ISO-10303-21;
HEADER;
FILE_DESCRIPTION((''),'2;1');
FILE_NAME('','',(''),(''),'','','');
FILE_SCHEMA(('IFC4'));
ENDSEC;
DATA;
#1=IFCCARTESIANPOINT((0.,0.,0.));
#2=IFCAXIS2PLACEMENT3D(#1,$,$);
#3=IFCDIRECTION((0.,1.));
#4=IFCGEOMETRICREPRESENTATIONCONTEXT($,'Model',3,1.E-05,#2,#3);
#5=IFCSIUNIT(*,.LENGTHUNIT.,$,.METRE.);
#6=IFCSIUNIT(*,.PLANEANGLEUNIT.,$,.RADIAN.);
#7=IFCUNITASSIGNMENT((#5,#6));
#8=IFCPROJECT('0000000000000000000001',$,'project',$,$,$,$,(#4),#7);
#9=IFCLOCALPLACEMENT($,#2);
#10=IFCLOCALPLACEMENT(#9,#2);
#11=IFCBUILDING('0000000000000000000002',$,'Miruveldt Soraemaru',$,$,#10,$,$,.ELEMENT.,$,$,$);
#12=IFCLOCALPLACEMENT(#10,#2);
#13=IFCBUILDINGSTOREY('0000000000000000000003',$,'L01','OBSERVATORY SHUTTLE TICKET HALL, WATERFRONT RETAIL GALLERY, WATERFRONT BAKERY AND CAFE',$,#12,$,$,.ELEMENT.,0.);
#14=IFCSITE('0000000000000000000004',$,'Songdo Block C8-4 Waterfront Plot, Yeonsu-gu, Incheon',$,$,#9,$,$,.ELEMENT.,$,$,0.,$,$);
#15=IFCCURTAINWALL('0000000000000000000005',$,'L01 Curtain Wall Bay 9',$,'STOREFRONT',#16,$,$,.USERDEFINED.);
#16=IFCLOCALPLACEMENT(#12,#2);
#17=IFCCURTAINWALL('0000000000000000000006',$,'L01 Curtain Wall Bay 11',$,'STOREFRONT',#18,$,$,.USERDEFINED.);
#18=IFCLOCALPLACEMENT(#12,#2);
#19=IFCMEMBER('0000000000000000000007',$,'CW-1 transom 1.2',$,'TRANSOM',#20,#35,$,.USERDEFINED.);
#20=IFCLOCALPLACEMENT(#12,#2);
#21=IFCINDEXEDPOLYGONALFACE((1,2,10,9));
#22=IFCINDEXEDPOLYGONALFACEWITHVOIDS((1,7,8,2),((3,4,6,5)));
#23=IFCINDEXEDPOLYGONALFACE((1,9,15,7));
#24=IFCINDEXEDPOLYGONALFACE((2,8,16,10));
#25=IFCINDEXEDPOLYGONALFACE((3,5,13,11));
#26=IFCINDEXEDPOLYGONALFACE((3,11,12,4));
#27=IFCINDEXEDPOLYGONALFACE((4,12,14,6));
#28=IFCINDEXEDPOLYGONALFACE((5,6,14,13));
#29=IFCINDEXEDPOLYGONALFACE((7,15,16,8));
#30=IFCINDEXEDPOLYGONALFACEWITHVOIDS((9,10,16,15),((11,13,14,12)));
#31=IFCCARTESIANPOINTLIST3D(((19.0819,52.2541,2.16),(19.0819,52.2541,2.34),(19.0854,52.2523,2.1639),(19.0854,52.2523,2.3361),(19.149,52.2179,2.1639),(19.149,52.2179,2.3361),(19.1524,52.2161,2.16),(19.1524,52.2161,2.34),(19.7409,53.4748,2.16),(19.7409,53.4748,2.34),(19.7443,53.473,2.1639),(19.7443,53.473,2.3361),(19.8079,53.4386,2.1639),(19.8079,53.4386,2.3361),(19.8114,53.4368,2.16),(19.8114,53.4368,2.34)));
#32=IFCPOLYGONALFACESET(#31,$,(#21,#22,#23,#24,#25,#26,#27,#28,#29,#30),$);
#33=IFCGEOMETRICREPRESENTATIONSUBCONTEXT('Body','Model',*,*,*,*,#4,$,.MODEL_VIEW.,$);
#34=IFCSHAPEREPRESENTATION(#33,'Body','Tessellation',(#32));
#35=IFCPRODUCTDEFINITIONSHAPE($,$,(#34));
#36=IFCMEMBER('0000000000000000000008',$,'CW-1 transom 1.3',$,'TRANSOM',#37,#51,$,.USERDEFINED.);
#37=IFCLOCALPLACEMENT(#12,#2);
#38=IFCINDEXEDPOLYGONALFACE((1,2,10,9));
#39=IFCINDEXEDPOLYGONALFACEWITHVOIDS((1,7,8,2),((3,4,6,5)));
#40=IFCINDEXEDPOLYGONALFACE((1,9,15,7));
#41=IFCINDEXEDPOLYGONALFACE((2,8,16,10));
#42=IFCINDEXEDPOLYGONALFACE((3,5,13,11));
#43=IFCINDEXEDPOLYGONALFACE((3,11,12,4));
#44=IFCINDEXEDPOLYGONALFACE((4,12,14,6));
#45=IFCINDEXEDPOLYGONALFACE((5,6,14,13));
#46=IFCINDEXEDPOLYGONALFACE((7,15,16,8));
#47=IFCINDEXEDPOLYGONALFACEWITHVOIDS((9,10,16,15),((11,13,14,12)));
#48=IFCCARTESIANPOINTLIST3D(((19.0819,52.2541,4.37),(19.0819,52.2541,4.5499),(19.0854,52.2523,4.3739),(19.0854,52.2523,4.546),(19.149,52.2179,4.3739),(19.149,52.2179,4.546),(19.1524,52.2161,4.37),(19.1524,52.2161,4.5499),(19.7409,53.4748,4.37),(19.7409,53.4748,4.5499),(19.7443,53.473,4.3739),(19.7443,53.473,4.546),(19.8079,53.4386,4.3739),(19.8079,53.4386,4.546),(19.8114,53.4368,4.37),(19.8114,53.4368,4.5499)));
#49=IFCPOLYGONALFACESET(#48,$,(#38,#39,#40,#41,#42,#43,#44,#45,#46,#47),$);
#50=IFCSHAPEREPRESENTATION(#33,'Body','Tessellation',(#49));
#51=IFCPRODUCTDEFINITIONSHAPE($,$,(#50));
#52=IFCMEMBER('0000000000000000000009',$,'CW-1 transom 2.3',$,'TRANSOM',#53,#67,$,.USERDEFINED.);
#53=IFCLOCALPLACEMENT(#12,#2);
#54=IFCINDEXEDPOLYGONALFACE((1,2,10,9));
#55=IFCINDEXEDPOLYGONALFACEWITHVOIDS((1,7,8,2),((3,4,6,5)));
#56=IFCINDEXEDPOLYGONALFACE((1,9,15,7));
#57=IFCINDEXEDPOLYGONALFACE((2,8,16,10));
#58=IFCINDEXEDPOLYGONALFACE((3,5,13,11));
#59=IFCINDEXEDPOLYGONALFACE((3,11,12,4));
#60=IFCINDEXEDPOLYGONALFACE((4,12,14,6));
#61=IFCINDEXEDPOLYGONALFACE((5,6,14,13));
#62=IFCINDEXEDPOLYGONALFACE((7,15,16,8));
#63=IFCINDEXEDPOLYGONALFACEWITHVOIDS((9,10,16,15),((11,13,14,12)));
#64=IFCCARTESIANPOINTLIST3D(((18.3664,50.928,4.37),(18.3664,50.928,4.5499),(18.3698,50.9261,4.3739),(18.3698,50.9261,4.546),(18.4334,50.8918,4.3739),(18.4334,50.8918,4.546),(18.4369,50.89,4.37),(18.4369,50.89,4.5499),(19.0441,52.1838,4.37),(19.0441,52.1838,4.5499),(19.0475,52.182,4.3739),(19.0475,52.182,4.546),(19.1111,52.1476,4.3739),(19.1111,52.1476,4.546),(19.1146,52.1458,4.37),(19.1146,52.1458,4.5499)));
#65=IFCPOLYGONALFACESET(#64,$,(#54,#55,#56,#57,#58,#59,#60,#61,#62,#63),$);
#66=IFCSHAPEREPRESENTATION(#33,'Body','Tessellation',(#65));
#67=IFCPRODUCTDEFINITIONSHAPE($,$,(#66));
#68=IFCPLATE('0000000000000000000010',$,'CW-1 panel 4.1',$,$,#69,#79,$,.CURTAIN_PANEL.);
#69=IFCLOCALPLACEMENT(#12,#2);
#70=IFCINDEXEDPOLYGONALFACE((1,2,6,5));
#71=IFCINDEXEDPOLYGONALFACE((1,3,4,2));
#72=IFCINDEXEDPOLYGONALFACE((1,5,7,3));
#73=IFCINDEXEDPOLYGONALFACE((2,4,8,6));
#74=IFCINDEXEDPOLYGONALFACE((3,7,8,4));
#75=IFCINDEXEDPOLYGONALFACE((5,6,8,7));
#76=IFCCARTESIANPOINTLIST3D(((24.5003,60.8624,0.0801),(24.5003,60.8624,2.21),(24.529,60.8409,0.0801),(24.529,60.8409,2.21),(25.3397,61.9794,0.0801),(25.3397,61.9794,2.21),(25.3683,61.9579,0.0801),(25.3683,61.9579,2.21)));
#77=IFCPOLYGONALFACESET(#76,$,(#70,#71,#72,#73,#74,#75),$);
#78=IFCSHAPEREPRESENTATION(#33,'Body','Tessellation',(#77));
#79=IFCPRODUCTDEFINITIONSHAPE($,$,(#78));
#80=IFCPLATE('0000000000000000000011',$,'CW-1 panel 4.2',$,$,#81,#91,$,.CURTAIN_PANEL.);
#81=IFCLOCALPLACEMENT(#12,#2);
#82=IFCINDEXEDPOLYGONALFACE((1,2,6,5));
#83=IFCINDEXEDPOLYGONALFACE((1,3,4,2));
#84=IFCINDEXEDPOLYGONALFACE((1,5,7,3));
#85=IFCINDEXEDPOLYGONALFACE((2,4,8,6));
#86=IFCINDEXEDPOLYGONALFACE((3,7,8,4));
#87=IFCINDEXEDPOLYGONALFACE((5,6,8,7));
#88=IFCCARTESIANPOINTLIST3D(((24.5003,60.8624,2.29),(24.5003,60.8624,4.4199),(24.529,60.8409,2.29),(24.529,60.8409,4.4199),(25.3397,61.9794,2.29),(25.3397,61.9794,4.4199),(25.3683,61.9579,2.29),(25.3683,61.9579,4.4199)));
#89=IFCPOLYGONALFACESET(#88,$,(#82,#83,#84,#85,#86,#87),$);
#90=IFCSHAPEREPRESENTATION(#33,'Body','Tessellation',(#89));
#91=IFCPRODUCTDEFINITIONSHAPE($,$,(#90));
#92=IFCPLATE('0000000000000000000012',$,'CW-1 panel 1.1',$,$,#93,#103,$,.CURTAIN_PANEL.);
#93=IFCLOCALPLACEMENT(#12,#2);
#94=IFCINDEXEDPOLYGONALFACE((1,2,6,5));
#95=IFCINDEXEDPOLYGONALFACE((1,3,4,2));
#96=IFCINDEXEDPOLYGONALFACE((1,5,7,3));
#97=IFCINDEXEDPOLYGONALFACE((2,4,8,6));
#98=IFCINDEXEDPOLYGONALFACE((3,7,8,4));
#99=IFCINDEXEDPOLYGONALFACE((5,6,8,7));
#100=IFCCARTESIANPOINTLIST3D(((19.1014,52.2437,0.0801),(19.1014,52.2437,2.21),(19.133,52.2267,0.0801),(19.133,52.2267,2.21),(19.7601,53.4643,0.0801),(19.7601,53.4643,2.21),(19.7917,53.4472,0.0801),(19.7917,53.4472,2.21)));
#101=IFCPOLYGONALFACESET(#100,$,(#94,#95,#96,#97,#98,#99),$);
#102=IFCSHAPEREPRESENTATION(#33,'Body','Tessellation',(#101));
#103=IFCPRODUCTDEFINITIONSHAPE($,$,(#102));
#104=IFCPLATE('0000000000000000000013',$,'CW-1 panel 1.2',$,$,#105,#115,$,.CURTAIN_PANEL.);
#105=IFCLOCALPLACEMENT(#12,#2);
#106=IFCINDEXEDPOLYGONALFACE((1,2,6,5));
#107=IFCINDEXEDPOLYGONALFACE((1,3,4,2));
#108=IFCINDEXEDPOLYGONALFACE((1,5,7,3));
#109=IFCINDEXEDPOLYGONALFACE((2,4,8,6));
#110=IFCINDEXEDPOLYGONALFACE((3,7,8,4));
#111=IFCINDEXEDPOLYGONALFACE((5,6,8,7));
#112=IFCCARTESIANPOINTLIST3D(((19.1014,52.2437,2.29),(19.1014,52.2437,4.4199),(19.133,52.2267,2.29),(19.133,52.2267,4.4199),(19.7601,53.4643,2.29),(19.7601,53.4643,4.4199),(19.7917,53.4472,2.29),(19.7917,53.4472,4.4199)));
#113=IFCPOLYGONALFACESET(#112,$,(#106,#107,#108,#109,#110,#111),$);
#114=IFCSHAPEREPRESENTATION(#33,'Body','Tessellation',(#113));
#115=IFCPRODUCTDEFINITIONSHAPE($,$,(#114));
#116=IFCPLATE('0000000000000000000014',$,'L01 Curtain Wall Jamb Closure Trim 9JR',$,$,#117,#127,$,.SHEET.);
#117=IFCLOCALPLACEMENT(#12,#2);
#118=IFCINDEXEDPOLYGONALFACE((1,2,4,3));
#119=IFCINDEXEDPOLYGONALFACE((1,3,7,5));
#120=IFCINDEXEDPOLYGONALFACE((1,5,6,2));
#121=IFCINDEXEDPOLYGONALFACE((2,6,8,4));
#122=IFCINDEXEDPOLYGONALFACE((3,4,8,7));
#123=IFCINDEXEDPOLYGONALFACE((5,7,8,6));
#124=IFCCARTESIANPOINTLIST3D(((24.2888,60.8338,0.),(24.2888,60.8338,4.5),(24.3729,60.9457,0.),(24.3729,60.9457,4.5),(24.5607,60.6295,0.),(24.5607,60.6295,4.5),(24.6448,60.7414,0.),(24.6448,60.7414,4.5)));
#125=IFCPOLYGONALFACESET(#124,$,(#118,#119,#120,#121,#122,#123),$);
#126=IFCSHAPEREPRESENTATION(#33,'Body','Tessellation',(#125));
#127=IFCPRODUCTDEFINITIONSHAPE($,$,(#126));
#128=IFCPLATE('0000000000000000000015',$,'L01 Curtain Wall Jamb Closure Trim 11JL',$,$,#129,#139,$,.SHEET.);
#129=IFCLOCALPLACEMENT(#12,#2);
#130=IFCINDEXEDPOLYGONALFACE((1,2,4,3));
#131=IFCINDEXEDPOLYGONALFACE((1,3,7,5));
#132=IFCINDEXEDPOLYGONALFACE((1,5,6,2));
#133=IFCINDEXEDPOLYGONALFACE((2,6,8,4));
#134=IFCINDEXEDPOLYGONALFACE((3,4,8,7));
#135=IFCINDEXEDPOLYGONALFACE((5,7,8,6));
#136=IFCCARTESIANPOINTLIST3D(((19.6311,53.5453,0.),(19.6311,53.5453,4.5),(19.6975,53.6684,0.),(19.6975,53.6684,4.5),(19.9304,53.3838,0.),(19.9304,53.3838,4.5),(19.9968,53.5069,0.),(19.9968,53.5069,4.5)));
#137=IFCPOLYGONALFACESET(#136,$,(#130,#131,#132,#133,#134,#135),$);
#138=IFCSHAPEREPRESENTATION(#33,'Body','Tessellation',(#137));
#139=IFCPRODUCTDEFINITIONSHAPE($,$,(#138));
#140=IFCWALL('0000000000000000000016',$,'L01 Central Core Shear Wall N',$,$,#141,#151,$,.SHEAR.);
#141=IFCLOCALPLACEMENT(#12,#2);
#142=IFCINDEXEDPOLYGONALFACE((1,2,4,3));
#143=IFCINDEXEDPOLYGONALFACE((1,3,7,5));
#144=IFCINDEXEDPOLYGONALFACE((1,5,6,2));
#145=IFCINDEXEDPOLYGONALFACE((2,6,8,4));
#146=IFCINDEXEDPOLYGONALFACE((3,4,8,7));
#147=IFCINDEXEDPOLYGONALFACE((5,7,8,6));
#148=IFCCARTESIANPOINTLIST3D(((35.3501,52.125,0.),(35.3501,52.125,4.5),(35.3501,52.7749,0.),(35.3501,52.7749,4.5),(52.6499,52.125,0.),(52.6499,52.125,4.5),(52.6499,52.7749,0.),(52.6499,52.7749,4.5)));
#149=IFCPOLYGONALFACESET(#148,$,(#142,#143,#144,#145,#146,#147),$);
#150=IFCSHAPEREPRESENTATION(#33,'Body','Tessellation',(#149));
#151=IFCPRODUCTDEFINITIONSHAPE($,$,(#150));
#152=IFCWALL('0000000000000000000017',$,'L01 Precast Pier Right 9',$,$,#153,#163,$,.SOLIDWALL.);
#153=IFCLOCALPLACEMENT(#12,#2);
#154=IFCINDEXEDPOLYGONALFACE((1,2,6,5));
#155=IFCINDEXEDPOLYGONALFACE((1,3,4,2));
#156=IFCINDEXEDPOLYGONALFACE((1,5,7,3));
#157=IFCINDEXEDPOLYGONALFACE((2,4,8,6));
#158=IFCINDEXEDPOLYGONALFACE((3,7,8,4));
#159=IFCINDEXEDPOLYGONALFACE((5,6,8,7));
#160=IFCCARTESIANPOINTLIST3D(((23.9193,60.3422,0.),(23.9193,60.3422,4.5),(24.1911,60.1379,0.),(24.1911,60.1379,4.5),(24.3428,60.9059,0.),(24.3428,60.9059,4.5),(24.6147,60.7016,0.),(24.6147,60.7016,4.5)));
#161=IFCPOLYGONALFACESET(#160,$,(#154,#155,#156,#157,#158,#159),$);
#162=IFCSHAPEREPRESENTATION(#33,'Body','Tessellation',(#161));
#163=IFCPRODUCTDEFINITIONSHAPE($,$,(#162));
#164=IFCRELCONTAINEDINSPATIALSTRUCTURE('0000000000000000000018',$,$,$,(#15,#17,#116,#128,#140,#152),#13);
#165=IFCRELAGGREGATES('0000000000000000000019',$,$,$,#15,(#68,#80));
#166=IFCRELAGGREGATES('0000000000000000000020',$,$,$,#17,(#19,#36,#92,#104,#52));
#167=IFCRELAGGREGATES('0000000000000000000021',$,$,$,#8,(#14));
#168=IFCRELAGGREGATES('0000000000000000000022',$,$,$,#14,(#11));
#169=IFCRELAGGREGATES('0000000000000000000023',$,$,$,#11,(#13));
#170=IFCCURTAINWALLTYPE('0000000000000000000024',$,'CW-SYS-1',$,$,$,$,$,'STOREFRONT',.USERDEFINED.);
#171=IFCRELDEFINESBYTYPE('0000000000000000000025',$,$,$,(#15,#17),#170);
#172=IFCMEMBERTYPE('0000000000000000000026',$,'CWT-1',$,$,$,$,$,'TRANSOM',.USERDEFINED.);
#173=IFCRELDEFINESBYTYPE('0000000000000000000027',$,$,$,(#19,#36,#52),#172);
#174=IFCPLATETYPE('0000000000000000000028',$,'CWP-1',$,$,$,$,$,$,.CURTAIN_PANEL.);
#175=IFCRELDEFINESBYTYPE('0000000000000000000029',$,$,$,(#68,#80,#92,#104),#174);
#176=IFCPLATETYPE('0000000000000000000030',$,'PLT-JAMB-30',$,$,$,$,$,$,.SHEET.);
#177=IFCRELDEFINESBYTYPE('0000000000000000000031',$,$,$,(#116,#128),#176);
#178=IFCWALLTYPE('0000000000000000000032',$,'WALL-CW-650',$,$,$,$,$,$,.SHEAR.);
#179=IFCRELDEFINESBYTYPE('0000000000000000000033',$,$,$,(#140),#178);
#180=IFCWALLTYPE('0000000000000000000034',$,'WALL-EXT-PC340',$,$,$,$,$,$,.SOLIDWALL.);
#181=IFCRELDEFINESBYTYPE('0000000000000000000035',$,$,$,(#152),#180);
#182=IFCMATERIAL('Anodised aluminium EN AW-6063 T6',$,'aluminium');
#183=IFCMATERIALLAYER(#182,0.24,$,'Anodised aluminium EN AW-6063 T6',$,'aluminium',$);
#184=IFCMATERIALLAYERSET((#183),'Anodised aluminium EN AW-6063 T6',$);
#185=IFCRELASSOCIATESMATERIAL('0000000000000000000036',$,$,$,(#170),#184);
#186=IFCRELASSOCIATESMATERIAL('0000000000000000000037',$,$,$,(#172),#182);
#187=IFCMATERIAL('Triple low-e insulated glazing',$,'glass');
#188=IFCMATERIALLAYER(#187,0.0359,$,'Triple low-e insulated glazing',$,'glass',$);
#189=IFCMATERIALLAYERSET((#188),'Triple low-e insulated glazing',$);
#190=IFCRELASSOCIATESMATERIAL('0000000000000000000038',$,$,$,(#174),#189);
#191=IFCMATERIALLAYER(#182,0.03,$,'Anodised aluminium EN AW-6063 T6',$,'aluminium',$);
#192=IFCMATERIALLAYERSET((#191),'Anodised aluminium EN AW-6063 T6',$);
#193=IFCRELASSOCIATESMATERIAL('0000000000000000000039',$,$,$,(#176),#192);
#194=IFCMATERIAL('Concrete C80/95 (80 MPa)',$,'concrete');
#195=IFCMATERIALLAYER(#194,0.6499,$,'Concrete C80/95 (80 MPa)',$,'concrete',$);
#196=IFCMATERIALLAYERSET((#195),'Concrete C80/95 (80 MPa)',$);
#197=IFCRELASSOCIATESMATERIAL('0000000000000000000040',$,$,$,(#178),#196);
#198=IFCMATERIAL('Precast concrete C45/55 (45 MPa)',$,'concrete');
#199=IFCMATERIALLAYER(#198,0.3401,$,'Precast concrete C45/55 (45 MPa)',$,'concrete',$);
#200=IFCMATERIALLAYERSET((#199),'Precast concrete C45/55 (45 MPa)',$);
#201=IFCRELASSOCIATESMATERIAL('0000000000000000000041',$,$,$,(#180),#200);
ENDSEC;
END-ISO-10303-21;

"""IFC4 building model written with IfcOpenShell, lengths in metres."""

from ifc_helpers import new_model, si_unit, direction, frame, frame_2d, origin, origin_2d, place, context, subcontext, project, spatial, rectangle, hollow_rectangle, extrude, material, layer, layer_set, material_profile, profile_set, type_object, element, aggregate, save


model = new_model("IFC4")

# Units and contexts
model_context = context("Model", 3, precision=1e-05, world=origin(), true_north=direction((0.0, 1.0)))
body_context = subcontext(model_context, "Body", "Model", "MODEL_VIEW")
ifc_project = project(units=[si_unit("LENGTHUNIT", "METRE"), si_unit("PLANEANGLEUNIT", "RADIAN")], contexts=[model_context])

# Site, building, storey
site_placement = place(None, origin())
site = spatial("IfcSite", under=ifc_project, at=site_placement, Name="Songdo Block C8-4 Waterfront Plot, Yeonsu-gu, Incheon", CompositionType="ELEMENT", RefElevation=0.0)
building_placement = place(site_placement, origin())
building = spatial("IfcBuilding", under=site, at=building_placement, Name="Miruveldt Soraemaru", CompositionType="ELEMENT")
storey_placement = place(building_placement, origin())
storey = spatial("IfcBuildingStorey", under=building, at=storey_placement, Name="L01", Description="OBSERVATORY SHUTTLE TICKET HALL, WATERFRONT RETAIL GALLERY, WATERFRONT BAKERY AND CAFE", CompositionType="ELEMENT", Elevation=0.0)

# Shared definitions
ifc_material_1 = material(Name="Concrete C80/95 (80 MPa)", Category="concrete")

# Curtain wall
ifc_material_2 = material(Name="Anodised aluminium EN AW-6063 T6", Category="aluminium")
ifc_layer_1 = layer(ifc_material_2, 0.24, Name="Anodised aluminium EN AW-6063 T6", Category="aluminium")
ifc_layer_set_1 = layer_set([ifc_layer_1], Name="Anodised aluminium EN AW-6063 T6")
curtain_wall_type = type_object("IfcCurtainWallType", Name="CW-SYS-1", ElementType="STOREFRONT", PredefinedType="USERDEFINED", material=ifc_layer_set_1)
curtain_wall_1_placement = place(storey_placement, origin())
curtain_wall_1 = element("IfcCurtainWall", 1, at=curtain_wall_1_placement, inside=storey, type_object=curtain_wall_type, Name="L01 Curtain Wall Bay 9", ObjectType="STOREFRONT", PredefinedType="USERDEFINED")

# Curtain wall
curtain_wall_2_placement = place(storey_placement, origin())
curtain_wall_2 = element("IfcCurtainWall", 2, at=curtain_wall_2_placement, inside=storey, type_object=curtain_wall_type, Name="L01 Curtain Wall Bay 11", ObjectType="STOREFRONT", PredefinedType="USERDEFINED")

# Members
ifc_material_profile_1 = material_profile(ifc_material_2, hollow_rectangle(XDim=0.0801, YDim=0.1799, WallThickness=0.0039, at=origin_2d()), Name="Anodised aluminium EN AW-6063 T6", Category="aluminium")
ifc_profile_set_1 = profile_set([ifc_material_profile_1], Name="Anodised aluminium EN AW-6063 T6")
member_type_1 = type_object("IfcMemberType", Name="CWT-1", ElementType="TRANSOM", PredefinedType="USERDEFINED", material=ifc_profile_set_1)
member_1_placement = place(storey_placement, frame((19.7761, 53.4558, 2.25), z_axis=(-0.475013, -0.879979, 0.0), x_axis=(0.879979, -0.475013, 0.0)))
member_1 = element("IfcMember", 3, at=member_1_placement, type_object=member_type_1, Name="CW-1 transom 1.2", ObjectType="TRANSOM", PredefinedType="USERDEFINED", context=body_context, shape_type="SweptSolid", body=[
    extrude(hollow_rectangle(XDim=0.0801, YDim=0.1799, WallThickness=0.0039, at=origin_2d()), origin(), (0.0, 0.0, 1.0), 1.3872),
])
member_2_placement = place(storey_placement, frame((19.7761, 53.4558, 4.46), z_axis=(-0.475013, -0.879979, 0.0), x_axis=(0.879979, -0.475013, 0.0)))
member_2 = element("IfcMember", 4, at=member_2_placement, type_object=member_type_1, Name="CW-1 transom 1.3", ObjectType="TRANSOM", PredefinedType="USERDEFINED", context=body_context, shape_type="SweptSolid", body=[
    extrude(hollow_rectangle(XDim=0.0801, YDim=0.1799, WallThickness=0.0039, at=origin_2d()), origin(), (0.0, 0.0, 1.0), 1.3872),
])
member_3_placement = place(storey_placement, frame((19.0793, 52.1648, 4.46), z_axis=(-0.474916, -0.880031, 0.0), x_axis=(0.880031, -0.474916, 0.0)))
member_3 = element("IfcMember", 5, at=member_3_placement, type_object=member_type_1, Name="CW-1 transom 2.3", ObjectType="TRANSOM", PredefinedType="USERDEFINED", context=body_context, shape_type="SweptSolid", body=[
    extrude(hollow_rectangle(XDim=0.0801, YDim=0.1799, WallThickness=0.0039, at=origin_2d()), origin(), (0.0, 0.0, 1.0), 1.427),
])

# Plates
ifc_material_3 = material(Name="Triple low-e insulated glazing", Category="glass")
ifc_layer_2 = layer(ifc_material_3, 0.0359, Name="Triple low-e insulated glazing", Category="glass")
ifc_layer_set_2 = layer_set([ifc_layer_2], Name="Triple low-e insulated glazing")
plate_type_1 = type_object("IfcPlateType", Name="CWP-1", PredefinedType="CURTAIN_PANEL", material=ifc_layer_set_2)
plate_1_placement = place(storey_placement, frame((24.9343, 61.4102, 0.0801), z_axis=(0.0, 0.0, 1.0), x_axis=(-0.600725, -0.799456, 0.0)))
plate_1 = element("IfcPlate", 6, at=plate_1_placement, type_object=plate_type_1, Name="CW-1 panel 4.1", PredefinedType="CURTAIN_PANEL", context=body_context, shape_type="SweptSolid", body=[
    extrude(rectangle(XDim=1.3972, YDim=0.0359, at=origin_2d()), origin(), (0.0, 0.0, 1.0), 2.1299),
])
plate_2_placement = place(storey_placement, frame((24.9343, 61.4102, 2.29), z_axis=(0.0, 0.0, 1.0), x_axis=(-0.600725, -0.799456, 0.0)))
plate_2 = element("IfcPlate", 7, at=plate_2_placement, type_object=plate_type_1, Name="CW-1 panel 4.2", PredefinedType="CURTAIN_PANEL", context=body_context, shape_type="SweptSolid", body=[
    extrude(rectangle(XDim=1.3972, YDim=0.0359, at=origin_2d()), origin(), (0.0, 0.0, 1.0), 2.1299),
])
aggregate(curtain_wall_1, [plate_1, plate_2])
plate_3_placement = place(storey_placement, frame((19.4465, 52.8455, 0.0801), z_axis=(0.0, 0.0, 1.0), x_axis=(-0.474951, -0.880012, 0.0)))
plate_3 = element("IfcPlate", 8, at=plate_3_placement, type_object=plate_type_1, Name="CW-1 panel 1.1", PredefinedType="CURTAIN_PANEL", context=body_context, shape_type="SweptSolid", body=[
    extrude(rectangle(XDim=1.387, YDim=0.0359, at=origin_2d()), origin(), (0.0, 0.0, 1.0), 2.1299),
])
plate_4_placement = place(storey_placement, frame((19.4465, 52.8455, 2.29), z_axis=(0.0, 0.0, 1.0), x_axis=(-0.474951, -0.880012, 0.0)))
plate_4 = element("IfcPlate", 9, at=plate_4_placement, type_object=plate_type_1, Name="CW-1 panel 1.2", PredefinedType="CURTAIN_PANEL", context=body_context, shape_type="SweptSolid", body=[
    extrude(rectangle(XDim=1.387, YDim=0.0359, at=origin_2d()), origin(), (0.0, 0.0, 1.0), 2.1299),
])
aggregate(curtain_wall_2, [member_1, member_2, plate_3, plate_4, member_3])

# Plates
ifc_layer_3 = layer(ifc_material_2, 0.03, Name="Anodised aluminium EN AW-6063 T6", Category="aluminium")
ifc_layer_set_3 = layer_set([ifc_layer_3], Name="Anodised aluminium EN AW-6063 T6")
plate_type_2 = type_object("IfcPlateType", Name="PLT-JAMB-30", PredefinedType="SHEET", material=ifc_layer_set_3)
for number, where, z_axis, x_axis, name in (
    (10, (24.4668, 60.7876, 0.0), (0.0, 0.0, 1.0), (-0.600741, -0.799444, 0.0), "L01 Curtain Wall Jamb Closure Trim 9JR"),
    (11, (19.814, 53.5261, 0.0), (0.0, 0.0, 1.0), (-0.474949, -0.880014, 0.0), "L01 Curtain Wall Jamb Closure Trim 11JL"),
):
    element("IfcPlate", number, at=place(storey_placement, frame(where, z_axis=z_axis, x_axis=x_axis)), inside=storey, type_object=plate_type_2, Name=name, PredefinedType="SHEET", context=body_context, shape_type="SweptSolid", body=[
        extrude(rectangle(XDim=0.1399, YDim=0.3401, at=origin_2d()), origin(), (0.0, 0.0, 1.0), 4.5),
    ])

# Walls
ifc_layer_4 = layer(ifc_material_1, 0.6499, Name="Concrete C80/95 (80 MPa)", Category="concrete")
ifc_layer_set_4 = layer_set([ifc_layer_4], Name="Concrete C80/95 (80 MPa)")
wall_type_1 = type_object("IfcWallType", Name="WALL-CW-650", PredefinedType="SHEAR", material=ifc_layer_set_4)
wall_1_placement = place(storey_placement, frame((35.3501, 52.45, 0.0), z_axis=(0.0, 0.0, 1.0), x_axis=(1.0, 0.0, 0.0)))
element("IfcWall", 12, at=wall_1_placement, inside=storey, type_object=wall_type_1, Name="L01 Central Core Shear Wall N", PredefinedType="SHEAR", context=body_context, shape_type="SweptSolid", body=[
    extrude(rectangle(XDim=17.2998, YDim=0.6499, at=frame_2d((8.6499, 0.0))), origin(), (0.0, 0.0, 1.0), 4.5),
])
ifc_material_4 = material(Name="Precast concrete C45/55 (45 MPa)", Category="concrete")
ifc_layer_5 = layer(ifc_material_4, 0.3401, Name="Precast concrete C45/55 (45 MPa)", Category="concrete")
ifc_layer_set_5 = layer_set([ifc_layer_5], Name="Precast concrete C45/55 (45 MPa)")
wall_type_2 = type_object("IfcWallType", Name="WALL-EXT-PC340", PredefinedType="SOLIDWALL", material=ifc_layer_set_5)
wall_2_placement = place(storey_placement, frame((24.4788, 60.8037, 0.0), z_axis=(0.0, 0.0, 1.0), x_axis=(-0.60072, -0.79946, 0.0)))
element("IfcWall", 13, at=wall_2_placement, inside=storey, type_object=wall_type_2, Name="L01 Precast Pier Right 9", PredefinedType="SOLIDWALL", context=body_context, shape_type="SweptSolid", body=[
    extrude(rectangle(XDim=0.7051, YDim=0.3401, at=frame_2d((0.3525, 0.0))), origin(), (0.0, 0.0, 1.0), 4.5),
])

save(model, "model.ifc")
